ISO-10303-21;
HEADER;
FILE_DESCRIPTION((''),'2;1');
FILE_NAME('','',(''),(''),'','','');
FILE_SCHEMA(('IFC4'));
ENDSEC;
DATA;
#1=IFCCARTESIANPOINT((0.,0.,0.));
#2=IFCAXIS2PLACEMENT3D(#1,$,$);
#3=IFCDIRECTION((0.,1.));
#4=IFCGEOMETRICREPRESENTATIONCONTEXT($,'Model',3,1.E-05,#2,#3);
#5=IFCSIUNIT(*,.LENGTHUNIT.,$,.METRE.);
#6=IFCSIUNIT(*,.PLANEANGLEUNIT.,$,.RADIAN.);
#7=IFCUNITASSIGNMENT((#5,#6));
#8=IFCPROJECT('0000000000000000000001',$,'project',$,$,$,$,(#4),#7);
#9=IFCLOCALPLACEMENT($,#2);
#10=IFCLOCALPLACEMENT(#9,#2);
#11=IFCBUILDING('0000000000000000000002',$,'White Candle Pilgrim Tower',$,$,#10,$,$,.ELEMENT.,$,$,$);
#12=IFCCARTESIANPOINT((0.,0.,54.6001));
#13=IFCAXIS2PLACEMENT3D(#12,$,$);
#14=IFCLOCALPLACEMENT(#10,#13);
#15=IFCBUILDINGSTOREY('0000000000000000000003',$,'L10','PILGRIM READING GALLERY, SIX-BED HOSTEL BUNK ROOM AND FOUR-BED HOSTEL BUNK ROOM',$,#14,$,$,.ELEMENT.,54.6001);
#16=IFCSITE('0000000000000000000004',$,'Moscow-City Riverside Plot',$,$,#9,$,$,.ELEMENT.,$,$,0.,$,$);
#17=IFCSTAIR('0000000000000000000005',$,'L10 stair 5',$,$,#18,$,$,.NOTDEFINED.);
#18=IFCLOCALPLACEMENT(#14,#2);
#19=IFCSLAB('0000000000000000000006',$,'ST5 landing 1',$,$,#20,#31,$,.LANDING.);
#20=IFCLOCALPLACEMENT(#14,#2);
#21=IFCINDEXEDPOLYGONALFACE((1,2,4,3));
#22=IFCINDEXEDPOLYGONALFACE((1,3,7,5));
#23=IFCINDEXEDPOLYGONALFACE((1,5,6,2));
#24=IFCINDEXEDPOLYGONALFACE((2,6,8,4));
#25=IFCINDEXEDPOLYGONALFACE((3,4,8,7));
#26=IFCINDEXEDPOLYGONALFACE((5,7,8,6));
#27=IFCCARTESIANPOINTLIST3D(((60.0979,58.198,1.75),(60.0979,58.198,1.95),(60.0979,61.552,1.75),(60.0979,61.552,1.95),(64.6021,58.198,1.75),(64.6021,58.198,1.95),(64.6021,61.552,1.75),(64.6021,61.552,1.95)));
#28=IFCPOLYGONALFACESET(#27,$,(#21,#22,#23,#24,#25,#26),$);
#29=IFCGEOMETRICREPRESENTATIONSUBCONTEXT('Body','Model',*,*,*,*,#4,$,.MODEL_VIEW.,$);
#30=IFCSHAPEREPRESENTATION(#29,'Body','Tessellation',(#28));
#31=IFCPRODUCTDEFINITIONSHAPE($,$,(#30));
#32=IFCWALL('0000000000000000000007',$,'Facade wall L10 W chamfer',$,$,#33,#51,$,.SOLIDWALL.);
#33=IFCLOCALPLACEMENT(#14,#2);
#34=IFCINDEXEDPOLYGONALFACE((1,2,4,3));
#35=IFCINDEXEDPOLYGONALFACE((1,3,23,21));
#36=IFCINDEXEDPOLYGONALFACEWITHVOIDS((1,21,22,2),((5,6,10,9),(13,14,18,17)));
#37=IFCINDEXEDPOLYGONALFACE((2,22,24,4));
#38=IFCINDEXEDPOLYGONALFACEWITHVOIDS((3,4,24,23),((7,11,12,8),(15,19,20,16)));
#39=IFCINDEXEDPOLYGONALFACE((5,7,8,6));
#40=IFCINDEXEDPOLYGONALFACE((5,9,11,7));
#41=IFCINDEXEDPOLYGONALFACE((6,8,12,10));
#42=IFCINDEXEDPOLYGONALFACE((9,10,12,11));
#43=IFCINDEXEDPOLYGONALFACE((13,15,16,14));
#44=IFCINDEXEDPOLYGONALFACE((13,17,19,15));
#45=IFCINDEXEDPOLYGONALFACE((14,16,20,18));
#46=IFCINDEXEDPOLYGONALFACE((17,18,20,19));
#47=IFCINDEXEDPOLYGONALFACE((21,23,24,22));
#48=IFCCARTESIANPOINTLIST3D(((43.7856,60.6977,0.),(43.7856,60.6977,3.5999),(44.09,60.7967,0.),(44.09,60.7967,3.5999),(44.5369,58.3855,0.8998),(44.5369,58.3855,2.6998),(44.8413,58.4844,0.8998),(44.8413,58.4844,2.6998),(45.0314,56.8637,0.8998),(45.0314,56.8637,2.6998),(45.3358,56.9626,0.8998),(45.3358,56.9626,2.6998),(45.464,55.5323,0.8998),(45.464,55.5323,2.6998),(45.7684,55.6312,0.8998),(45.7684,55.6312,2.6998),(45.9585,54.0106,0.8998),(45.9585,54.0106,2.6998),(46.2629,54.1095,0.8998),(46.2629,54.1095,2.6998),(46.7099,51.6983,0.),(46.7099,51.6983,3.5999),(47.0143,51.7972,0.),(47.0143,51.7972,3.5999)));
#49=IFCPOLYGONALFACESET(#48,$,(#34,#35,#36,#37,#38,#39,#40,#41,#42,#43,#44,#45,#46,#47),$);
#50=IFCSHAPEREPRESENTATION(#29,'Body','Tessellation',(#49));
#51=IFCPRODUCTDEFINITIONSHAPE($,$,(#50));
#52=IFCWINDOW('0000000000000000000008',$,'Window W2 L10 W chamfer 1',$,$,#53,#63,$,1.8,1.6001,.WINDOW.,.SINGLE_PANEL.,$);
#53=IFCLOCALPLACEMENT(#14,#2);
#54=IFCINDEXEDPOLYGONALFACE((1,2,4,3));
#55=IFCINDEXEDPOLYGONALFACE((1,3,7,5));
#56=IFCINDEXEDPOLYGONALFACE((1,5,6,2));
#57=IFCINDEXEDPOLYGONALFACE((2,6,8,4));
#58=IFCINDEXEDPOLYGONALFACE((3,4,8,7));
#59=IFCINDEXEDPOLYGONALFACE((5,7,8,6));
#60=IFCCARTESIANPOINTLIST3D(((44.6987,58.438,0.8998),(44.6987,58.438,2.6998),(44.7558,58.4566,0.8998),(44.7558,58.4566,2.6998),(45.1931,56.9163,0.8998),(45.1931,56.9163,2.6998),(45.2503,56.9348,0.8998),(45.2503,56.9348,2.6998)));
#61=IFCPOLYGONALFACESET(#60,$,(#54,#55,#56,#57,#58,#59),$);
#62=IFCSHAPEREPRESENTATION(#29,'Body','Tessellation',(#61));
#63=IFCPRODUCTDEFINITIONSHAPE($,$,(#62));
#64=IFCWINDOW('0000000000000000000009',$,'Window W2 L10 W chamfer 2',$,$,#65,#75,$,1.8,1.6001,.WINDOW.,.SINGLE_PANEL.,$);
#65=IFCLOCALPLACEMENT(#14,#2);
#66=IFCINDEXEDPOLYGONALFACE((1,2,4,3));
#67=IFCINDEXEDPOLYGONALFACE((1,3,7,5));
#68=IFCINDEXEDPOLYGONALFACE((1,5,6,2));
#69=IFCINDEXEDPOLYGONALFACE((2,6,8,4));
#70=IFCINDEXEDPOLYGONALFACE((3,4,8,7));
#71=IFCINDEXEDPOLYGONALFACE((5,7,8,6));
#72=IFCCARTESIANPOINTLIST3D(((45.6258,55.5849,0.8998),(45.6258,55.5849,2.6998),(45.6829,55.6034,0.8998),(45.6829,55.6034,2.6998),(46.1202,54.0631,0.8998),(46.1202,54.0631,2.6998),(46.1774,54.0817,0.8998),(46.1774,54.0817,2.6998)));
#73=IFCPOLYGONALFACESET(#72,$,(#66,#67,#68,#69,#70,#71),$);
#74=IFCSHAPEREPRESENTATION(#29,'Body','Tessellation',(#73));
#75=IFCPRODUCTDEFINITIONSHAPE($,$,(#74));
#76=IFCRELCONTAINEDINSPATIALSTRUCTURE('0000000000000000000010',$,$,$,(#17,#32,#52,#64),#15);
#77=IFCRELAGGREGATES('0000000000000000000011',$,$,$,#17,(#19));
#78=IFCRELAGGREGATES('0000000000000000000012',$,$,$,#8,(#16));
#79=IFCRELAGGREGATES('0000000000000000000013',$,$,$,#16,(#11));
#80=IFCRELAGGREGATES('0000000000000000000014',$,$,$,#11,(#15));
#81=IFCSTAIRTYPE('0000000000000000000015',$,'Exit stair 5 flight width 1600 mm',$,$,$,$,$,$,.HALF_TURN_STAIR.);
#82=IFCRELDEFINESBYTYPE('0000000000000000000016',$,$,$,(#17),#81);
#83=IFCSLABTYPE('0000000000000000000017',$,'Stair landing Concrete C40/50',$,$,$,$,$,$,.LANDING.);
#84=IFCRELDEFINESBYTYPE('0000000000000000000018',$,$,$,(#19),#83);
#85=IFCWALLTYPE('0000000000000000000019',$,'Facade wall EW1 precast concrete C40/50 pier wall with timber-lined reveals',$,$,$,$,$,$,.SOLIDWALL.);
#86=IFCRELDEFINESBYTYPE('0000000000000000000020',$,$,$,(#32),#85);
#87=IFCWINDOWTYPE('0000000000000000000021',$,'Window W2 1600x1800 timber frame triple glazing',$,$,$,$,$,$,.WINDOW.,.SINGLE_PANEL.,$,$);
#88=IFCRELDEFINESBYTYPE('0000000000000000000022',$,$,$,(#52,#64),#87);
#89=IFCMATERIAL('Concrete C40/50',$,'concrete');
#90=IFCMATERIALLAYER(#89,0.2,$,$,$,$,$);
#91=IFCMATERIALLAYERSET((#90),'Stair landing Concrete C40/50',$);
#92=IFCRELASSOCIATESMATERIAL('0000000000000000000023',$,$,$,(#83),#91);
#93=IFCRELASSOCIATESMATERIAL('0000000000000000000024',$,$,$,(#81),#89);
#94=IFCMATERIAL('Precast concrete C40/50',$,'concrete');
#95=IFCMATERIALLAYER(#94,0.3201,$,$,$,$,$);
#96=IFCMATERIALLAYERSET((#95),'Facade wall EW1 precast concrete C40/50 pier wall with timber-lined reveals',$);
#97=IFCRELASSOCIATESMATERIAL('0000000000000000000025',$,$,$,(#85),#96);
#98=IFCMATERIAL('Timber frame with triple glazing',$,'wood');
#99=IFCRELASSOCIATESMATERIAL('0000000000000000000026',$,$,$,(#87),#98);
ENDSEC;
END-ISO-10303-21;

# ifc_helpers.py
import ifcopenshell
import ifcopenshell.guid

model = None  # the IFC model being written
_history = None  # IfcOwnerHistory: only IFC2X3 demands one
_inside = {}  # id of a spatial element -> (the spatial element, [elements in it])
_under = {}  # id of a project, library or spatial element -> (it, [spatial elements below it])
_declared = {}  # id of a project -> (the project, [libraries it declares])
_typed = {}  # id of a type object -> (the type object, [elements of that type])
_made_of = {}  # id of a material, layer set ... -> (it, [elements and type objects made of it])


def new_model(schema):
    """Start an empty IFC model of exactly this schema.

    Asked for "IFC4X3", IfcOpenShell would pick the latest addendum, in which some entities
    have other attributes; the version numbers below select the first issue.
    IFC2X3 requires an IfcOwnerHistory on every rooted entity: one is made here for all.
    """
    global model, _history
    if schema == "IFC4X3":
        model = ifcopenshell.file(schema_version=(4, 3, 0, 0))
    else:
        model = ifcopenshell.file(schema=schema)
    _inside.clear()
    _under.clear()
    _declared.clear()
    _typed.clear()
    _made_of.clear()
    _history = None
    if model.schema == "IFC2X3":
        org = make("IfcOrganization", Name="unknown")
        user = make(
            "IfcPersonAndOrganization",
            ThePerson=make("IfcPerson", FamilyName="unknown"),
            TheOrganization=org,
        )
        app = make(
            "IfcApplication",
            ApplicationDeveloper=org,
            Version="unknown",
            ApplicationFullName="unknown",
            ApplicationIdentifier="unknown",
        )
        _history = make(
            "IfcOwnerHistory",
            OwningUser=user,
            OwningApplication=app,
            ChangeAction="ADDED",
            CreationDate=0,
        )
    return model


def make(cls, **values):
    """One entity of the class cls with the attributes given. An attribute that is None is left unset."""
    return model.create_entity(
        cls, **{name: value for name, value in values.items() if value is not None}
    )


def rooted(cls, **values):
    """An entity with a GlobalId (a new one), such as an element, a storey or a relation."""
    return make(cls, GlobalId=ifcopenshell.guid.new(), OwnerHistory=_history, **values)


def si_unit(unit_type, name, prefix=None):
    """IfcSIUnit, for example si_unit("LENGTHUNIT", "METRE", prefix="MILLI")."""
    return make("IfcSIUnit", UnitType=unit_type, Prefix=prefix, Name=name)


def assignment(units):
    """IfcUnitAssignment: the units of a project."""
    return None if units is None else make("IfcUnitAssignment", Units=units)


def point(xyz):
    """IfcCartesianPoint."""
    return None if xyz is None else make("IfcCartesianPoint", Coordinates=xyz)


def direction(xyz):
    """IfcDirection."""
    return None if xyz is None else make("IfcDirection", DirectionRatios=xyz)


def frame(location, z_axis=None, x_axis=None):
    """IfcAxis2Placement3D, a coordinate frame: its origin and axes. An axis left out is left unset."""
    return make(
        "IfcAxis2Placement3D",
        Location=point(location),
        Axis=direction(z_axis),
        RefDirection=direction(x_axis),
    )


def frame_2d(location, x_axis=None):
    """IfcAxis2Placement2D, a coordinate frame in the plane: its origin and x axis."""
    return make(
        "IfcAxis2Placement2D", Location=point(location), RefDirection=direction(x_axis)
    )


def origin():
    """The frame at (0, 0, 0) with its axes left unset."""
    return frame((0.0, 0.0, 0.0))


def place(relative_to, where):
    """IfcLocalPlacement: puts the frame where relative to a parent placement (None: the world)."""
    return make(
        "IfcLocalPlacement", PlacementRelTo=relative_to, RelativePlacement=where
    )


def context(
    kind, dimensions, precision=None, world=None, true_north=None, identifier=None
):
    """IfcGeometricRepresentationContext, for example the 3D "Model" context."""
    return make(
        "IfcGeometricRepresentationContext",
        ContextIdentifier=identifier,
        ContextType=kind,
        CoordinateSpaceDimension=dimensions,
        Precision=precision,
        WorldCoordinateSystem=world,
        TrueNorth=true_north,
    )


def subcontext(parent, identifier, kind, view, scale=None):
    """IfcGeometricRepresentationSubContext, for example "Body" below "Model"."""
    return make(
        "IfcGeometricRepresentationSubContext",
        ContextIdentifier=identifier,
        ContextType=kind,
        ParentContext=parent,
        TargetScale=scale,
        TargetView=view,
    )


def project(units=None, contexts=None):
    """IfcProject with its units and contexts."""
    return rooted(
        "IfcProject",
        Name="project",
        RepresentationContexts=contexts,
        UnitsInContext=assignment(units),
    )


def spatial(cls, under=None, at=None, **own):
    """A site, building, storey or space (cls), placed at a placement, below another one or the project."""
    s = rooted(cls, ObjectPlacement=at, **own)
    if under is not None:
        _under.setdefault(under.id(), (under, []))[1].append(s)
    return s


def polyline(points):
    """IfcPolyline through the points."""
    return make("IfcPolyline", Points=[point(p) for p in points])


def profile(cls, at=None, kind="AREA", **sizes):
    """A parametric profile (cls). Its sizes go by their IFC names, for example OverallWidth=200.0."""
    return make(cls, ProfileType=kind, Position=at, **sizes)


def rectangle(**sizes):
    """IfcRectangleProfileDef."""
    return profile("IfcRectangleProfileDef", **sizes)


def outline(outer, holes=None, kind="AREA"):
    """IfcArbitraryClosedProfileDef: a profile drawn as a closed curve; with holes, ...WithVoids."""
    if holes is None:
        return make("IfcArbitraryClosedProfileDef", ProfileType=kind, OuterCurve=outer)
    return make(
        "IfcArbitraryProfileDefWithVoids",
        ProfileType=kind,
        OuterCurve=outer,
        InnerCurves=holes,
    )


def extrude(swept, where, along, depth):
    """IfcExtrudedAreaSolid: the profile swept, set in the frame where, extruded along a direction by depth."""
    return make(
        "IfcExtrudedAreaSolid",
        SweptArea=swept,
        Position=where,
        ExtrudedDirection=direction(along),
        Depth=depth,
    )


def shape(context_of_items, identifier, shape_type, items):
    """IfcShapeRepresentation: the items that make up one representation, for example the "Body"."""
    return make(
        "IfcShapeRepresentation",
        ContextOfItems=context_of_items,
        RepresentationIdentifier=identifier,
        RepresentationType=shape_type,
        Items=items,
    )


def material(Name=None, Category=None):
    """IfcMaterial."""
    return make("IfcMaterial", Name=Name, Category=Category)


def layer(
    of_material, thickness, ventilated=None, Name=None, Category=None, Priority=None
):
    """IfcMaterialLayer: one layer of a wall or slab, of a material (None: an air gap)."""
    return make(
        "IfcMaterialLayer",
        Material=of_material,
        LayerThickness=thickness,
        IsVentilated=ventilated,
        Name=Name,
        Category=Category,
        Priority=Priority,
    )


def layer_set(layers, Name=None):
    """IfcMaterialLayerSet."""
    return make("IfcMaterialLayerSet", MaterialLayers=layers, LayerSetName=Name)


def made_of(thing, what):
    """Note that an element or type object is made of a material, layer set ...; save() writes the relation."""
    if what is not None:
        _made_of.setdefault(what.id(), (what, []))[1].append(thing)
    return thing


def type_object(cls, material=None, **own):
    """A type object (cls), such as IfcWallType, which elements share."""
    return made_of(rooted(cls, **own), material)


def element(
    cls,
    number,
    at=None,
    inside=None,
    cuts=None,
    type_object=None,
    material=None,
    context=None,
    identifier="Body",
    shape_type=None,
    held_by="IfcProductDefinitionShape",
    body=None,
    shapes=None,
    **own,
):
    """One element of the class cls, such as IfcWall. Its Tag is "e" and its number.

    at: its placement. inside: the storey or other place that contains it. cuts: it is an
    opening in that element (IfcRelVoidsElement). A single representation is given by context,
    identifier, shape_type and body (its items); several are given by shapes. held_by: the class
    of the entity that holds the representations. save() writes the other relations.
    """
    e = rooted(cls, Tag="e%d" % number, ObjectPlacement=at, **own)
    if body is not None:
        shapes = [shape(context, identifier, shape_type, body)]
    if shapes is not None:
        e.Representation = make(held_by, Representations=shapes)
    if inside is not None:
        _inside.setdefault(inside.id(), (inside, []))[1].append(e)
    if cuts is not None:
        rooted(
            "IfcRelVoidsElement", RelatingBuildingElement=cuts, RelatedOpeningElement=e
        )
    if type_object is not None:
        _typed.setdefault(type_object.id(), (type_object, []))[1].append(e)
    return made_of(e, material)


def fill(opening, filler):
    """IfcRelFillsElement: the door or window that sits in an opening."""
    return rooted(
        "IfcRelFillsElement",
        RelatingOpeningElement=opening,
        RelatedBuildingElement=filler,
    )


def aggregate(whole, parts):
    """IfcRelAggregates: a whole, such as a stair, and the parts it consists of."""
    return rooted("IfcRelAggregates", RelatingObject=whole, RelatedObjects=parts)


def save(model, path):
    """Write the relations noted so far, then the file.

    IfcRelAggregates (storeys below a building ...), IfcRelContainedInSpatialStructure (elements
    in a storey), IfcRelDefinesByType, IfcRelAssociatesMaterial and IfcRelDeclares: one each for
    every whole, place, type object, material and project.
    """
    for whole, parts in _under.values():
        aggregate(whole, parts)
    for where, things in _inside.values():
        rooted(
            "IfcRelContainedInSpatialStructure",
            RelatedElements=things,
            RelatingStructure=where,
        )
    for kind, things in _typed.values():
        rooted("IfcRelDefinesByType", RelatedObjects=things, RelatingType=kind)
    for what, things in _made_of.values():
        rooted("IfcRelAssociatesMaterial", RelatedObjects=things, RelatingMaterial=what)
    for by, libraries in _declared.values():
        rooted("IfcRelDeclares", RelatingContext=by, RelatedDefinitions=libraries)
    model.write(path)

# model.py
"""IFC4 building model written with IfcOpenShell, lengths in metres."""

from ifc_helpers import new_model, si_unit, direction, frame, frame_2d, origin, place, context, subcontext, project, spatial, polyline, rectangle, outline, extrude, material, layer, layer_set, type_object, element, fill, aggregate, save


model = new_model("IFC4")

# Units and contexts
model_context = context("Model", 3, precision=1e-05, world=origin(), true_north=direction((0.0, 1.0)))
body_context = subcontext(model_context, "Body", "Model", "MODEL_VIEW")
ifc_project = project(units=[si_unit("LENGTHUNIT", "METRE"), si_unit("PLANEANGLEUNIT", "RADIAN")], contexts=[model_context])

# Site, building, storey
site_placement = place(None, origin())
site = spatial("IfcSite", under=ifc_project, at=site_placement, Name="Moscow-City Riverside Plot", CompositionType="ELEMENT", RefElevation=0.0)
building_placement = place(site_placement, origin())
building = spatial("IfcBuilding", under=site, at=building_placement, Name="White Candle Pilgrim Tower", CompositionType="ELEMENT")
storey_placement = place(building_placement, frame((0.0, 0.0, 54.6001)))
storey = spatial("IfcBuildingStorey", under=building, at=storey_placement, Name="L10", Description="PILGRIM READING GALLERY, SIX-BED HOSTEL BUNK ROOM AND FOUR-BED HOSTEL BUNK ROOM", CompositionType="ELEMENT", Elevation=54.6001)

# Shared definitions
ifc_material_1 = material(Name="Concrete C40/50", Category="concrete")

# Stair, slab
ifc_layer_1 = layer(ifc_material_1, 0.2)
ifc_layer_set_1 = layer_set([ifc_layer_1], Name="Stair landing Concrete C40/50")
slab_type_1 = type_object("IfcSlabType", Name="Stair landing Concrete C40/50", PredefinedType="LANDING", material=ifc_layer_set_1)
stair_type_1 = type_object("IfcStairType", Name="Exit stair 5 flight width 1600 mm", PredefinedType="HALF_TURN_STAIR", material=ifc_material_1)
stair_1_placement = place(storey_placement, origin())
stair_1 = element("IfcStair", 1, at=stair_1_placement, inside=storey, type_object=stair_type_1, Name="L10 stair 5", PredefinedType="NOTDEFINED")
slab_1_placement = place(storey_placement, frame((0.0, 0.0, 1.75)))
slab_1 = element("IfcSlab", 2, at=slab_1_placement, type_object=slab_type_1, Name="ST5 landing 1", PredefinedType="LANDING", context=body_context, shape_type="SweptSolid", body=[
    extrude(outline(polyline([(60.0979, 58.198), (60.0979, 61.552), (64.6021, 61.552), (64.6021, 58.198), (60.0979, 58.198)])), origin(), (0.0, 0.0, 1.0), 0.2),
])
aggregate(stair_1, [slab_1])

# Wall, openings, windows
ifc_material_2 = material(Name="Precast concrete C40/50", Category="concrete")
ifc_layer_2 = layer(ifc_material_2, 0.3201)
ifc_layer_set_2 = layer_set([ifc_layer_2], Name="Facade wall EW1 precast concrete C40/50 pier wall with timber-lined reveals")
wall_type_1 = type_object("IfcWallType", Name="Facade wall EW1 precast concrete C40/50 pier wall with timber-lined reveals", PredefinedType="SOLIDWALL", material=ifc_layer_set_2)
wall_1_placement = place(storey_placement, frame((43.9377, 60.7473, 0.0), z_axis=(0.0, 0.0, 1.0), x_axis=(0.309036, -0.95105, 0.0)))
wall_1 = element("IfcWall", 3, at=wall_1_placement, inside=storey, type_object=wall_type_1, Name="Facade wall L10 W chamfer", PredefinedType="SOLIDWALL", context=body_context, shape_type="SweptSolid", body=[
    extrude(rectangle(XDim=9.4626, YDim=0.3201, at=frame_2d((4.7314, 0.0))), origin(), (0.0, 0.0, 1.0), 3.5999),
])
opening_1_placement = place(wall_1_placement, frame((2.4314, 0.0, 0.8999)))
opening_1 = element("IfcOpeningElement", 4, at=opening_1_placement, cuts=wall_1, PredefinedType="OPENING", context=body_context, shape_type="SweptSolid", body=[
    extrude(rectangle(XDim=1.6001, YDim=1.8, at=frame_2d((0.8, 0.8999))), frame((0.0, 0.1699, 0.0), z_axis=(0.0, -1.0, 0.0), x_axis=(1.0, 0.0, 0.0)), (0.0, 0.0, 1.0), 0.3401),
])
opening_2_placement = place(wall_1_placement, frame((5.4314, 0.0, 0.8999)))
opening_2 = element("IfcOpeningElement", 5, at=opening_2_placement, cuts=wall_1, PredefinedType="OPENING", context=body_context, shape_type="SweptSolid", body=[
    extrude(rectangle(XDim=1.6001, YDim=1.8, at=frame_2d((0.8, 0.8999))), frame((0.0, 0.1699, 0.0), z_axis=(0.0, -1.0, 0.0), x_axis=(1.0, 0.0, 0.0)), (0.0, 0.0, 1.0), 0.3401),
])
ifc_material_3 = material(Name="Timber frame with triple glazing", Category="wood")
window_type_1 = type_object("IfcWindowType", Name="Window W2 1600x1800 timber frame triple glazing", PartitioningType="SINGLE_PANEL", PredefinedType="WINDOW", material=ifc_material_3)
window_1_placement = place(opening_1_placement, origin())
window_1 = element("IfcWindow", 6, at=window_1_placement, inside=storey, type_object=window_type_1, Name="Window W2 L10 W chamfer 1", OverallHeight=1.8, OverallWidth=1.6001, PartitioningType="SINGLE_PANEL", PredefinedType="WINDOW", context=body_context, shape_type="SweptSolid", body=[
    extrude(rectangle(XDim=1.6001, YDim=1.8, at=frame_2d((0.8, 0.8999))), frame((0.0, 0.0701, 0.0), z_axis=(0.0, -1.0, 0.0), x_axis=(1.0, 0.0, 0.0)), (0.0, 0.0, 1.0), 0.0601),
])
fill(opening_1, window_1)
window_2_placement = place(opening_2_placement, origin())
window_2 = element("IfcWindow", 7, at=window_2_placement, inside=storey, type_object=window_type_1, Name="Window W2 L10 W chamfer 2", OverallHeight=1.8, OverallWidth=1.6001, PartitioningType="SINGLE_PANEL", PredefinedType="WINDOW", context=body_context, shape_type="SweptSolid", body=[
    extrude(rectangle(XDim=1.6001, YDim=1.8, at=frame_2d((0.8, 0.8999))), frame((0.0, 0.0701, 0.0), z_axis=(0.0, -1.0, 0.0), x_axis=(1.0, 0.0, 0.0)), (0.0, 0.0, 1.0), 0.0601),
])
fill(opening_2, window_2)

save(model, "model.ifc")
